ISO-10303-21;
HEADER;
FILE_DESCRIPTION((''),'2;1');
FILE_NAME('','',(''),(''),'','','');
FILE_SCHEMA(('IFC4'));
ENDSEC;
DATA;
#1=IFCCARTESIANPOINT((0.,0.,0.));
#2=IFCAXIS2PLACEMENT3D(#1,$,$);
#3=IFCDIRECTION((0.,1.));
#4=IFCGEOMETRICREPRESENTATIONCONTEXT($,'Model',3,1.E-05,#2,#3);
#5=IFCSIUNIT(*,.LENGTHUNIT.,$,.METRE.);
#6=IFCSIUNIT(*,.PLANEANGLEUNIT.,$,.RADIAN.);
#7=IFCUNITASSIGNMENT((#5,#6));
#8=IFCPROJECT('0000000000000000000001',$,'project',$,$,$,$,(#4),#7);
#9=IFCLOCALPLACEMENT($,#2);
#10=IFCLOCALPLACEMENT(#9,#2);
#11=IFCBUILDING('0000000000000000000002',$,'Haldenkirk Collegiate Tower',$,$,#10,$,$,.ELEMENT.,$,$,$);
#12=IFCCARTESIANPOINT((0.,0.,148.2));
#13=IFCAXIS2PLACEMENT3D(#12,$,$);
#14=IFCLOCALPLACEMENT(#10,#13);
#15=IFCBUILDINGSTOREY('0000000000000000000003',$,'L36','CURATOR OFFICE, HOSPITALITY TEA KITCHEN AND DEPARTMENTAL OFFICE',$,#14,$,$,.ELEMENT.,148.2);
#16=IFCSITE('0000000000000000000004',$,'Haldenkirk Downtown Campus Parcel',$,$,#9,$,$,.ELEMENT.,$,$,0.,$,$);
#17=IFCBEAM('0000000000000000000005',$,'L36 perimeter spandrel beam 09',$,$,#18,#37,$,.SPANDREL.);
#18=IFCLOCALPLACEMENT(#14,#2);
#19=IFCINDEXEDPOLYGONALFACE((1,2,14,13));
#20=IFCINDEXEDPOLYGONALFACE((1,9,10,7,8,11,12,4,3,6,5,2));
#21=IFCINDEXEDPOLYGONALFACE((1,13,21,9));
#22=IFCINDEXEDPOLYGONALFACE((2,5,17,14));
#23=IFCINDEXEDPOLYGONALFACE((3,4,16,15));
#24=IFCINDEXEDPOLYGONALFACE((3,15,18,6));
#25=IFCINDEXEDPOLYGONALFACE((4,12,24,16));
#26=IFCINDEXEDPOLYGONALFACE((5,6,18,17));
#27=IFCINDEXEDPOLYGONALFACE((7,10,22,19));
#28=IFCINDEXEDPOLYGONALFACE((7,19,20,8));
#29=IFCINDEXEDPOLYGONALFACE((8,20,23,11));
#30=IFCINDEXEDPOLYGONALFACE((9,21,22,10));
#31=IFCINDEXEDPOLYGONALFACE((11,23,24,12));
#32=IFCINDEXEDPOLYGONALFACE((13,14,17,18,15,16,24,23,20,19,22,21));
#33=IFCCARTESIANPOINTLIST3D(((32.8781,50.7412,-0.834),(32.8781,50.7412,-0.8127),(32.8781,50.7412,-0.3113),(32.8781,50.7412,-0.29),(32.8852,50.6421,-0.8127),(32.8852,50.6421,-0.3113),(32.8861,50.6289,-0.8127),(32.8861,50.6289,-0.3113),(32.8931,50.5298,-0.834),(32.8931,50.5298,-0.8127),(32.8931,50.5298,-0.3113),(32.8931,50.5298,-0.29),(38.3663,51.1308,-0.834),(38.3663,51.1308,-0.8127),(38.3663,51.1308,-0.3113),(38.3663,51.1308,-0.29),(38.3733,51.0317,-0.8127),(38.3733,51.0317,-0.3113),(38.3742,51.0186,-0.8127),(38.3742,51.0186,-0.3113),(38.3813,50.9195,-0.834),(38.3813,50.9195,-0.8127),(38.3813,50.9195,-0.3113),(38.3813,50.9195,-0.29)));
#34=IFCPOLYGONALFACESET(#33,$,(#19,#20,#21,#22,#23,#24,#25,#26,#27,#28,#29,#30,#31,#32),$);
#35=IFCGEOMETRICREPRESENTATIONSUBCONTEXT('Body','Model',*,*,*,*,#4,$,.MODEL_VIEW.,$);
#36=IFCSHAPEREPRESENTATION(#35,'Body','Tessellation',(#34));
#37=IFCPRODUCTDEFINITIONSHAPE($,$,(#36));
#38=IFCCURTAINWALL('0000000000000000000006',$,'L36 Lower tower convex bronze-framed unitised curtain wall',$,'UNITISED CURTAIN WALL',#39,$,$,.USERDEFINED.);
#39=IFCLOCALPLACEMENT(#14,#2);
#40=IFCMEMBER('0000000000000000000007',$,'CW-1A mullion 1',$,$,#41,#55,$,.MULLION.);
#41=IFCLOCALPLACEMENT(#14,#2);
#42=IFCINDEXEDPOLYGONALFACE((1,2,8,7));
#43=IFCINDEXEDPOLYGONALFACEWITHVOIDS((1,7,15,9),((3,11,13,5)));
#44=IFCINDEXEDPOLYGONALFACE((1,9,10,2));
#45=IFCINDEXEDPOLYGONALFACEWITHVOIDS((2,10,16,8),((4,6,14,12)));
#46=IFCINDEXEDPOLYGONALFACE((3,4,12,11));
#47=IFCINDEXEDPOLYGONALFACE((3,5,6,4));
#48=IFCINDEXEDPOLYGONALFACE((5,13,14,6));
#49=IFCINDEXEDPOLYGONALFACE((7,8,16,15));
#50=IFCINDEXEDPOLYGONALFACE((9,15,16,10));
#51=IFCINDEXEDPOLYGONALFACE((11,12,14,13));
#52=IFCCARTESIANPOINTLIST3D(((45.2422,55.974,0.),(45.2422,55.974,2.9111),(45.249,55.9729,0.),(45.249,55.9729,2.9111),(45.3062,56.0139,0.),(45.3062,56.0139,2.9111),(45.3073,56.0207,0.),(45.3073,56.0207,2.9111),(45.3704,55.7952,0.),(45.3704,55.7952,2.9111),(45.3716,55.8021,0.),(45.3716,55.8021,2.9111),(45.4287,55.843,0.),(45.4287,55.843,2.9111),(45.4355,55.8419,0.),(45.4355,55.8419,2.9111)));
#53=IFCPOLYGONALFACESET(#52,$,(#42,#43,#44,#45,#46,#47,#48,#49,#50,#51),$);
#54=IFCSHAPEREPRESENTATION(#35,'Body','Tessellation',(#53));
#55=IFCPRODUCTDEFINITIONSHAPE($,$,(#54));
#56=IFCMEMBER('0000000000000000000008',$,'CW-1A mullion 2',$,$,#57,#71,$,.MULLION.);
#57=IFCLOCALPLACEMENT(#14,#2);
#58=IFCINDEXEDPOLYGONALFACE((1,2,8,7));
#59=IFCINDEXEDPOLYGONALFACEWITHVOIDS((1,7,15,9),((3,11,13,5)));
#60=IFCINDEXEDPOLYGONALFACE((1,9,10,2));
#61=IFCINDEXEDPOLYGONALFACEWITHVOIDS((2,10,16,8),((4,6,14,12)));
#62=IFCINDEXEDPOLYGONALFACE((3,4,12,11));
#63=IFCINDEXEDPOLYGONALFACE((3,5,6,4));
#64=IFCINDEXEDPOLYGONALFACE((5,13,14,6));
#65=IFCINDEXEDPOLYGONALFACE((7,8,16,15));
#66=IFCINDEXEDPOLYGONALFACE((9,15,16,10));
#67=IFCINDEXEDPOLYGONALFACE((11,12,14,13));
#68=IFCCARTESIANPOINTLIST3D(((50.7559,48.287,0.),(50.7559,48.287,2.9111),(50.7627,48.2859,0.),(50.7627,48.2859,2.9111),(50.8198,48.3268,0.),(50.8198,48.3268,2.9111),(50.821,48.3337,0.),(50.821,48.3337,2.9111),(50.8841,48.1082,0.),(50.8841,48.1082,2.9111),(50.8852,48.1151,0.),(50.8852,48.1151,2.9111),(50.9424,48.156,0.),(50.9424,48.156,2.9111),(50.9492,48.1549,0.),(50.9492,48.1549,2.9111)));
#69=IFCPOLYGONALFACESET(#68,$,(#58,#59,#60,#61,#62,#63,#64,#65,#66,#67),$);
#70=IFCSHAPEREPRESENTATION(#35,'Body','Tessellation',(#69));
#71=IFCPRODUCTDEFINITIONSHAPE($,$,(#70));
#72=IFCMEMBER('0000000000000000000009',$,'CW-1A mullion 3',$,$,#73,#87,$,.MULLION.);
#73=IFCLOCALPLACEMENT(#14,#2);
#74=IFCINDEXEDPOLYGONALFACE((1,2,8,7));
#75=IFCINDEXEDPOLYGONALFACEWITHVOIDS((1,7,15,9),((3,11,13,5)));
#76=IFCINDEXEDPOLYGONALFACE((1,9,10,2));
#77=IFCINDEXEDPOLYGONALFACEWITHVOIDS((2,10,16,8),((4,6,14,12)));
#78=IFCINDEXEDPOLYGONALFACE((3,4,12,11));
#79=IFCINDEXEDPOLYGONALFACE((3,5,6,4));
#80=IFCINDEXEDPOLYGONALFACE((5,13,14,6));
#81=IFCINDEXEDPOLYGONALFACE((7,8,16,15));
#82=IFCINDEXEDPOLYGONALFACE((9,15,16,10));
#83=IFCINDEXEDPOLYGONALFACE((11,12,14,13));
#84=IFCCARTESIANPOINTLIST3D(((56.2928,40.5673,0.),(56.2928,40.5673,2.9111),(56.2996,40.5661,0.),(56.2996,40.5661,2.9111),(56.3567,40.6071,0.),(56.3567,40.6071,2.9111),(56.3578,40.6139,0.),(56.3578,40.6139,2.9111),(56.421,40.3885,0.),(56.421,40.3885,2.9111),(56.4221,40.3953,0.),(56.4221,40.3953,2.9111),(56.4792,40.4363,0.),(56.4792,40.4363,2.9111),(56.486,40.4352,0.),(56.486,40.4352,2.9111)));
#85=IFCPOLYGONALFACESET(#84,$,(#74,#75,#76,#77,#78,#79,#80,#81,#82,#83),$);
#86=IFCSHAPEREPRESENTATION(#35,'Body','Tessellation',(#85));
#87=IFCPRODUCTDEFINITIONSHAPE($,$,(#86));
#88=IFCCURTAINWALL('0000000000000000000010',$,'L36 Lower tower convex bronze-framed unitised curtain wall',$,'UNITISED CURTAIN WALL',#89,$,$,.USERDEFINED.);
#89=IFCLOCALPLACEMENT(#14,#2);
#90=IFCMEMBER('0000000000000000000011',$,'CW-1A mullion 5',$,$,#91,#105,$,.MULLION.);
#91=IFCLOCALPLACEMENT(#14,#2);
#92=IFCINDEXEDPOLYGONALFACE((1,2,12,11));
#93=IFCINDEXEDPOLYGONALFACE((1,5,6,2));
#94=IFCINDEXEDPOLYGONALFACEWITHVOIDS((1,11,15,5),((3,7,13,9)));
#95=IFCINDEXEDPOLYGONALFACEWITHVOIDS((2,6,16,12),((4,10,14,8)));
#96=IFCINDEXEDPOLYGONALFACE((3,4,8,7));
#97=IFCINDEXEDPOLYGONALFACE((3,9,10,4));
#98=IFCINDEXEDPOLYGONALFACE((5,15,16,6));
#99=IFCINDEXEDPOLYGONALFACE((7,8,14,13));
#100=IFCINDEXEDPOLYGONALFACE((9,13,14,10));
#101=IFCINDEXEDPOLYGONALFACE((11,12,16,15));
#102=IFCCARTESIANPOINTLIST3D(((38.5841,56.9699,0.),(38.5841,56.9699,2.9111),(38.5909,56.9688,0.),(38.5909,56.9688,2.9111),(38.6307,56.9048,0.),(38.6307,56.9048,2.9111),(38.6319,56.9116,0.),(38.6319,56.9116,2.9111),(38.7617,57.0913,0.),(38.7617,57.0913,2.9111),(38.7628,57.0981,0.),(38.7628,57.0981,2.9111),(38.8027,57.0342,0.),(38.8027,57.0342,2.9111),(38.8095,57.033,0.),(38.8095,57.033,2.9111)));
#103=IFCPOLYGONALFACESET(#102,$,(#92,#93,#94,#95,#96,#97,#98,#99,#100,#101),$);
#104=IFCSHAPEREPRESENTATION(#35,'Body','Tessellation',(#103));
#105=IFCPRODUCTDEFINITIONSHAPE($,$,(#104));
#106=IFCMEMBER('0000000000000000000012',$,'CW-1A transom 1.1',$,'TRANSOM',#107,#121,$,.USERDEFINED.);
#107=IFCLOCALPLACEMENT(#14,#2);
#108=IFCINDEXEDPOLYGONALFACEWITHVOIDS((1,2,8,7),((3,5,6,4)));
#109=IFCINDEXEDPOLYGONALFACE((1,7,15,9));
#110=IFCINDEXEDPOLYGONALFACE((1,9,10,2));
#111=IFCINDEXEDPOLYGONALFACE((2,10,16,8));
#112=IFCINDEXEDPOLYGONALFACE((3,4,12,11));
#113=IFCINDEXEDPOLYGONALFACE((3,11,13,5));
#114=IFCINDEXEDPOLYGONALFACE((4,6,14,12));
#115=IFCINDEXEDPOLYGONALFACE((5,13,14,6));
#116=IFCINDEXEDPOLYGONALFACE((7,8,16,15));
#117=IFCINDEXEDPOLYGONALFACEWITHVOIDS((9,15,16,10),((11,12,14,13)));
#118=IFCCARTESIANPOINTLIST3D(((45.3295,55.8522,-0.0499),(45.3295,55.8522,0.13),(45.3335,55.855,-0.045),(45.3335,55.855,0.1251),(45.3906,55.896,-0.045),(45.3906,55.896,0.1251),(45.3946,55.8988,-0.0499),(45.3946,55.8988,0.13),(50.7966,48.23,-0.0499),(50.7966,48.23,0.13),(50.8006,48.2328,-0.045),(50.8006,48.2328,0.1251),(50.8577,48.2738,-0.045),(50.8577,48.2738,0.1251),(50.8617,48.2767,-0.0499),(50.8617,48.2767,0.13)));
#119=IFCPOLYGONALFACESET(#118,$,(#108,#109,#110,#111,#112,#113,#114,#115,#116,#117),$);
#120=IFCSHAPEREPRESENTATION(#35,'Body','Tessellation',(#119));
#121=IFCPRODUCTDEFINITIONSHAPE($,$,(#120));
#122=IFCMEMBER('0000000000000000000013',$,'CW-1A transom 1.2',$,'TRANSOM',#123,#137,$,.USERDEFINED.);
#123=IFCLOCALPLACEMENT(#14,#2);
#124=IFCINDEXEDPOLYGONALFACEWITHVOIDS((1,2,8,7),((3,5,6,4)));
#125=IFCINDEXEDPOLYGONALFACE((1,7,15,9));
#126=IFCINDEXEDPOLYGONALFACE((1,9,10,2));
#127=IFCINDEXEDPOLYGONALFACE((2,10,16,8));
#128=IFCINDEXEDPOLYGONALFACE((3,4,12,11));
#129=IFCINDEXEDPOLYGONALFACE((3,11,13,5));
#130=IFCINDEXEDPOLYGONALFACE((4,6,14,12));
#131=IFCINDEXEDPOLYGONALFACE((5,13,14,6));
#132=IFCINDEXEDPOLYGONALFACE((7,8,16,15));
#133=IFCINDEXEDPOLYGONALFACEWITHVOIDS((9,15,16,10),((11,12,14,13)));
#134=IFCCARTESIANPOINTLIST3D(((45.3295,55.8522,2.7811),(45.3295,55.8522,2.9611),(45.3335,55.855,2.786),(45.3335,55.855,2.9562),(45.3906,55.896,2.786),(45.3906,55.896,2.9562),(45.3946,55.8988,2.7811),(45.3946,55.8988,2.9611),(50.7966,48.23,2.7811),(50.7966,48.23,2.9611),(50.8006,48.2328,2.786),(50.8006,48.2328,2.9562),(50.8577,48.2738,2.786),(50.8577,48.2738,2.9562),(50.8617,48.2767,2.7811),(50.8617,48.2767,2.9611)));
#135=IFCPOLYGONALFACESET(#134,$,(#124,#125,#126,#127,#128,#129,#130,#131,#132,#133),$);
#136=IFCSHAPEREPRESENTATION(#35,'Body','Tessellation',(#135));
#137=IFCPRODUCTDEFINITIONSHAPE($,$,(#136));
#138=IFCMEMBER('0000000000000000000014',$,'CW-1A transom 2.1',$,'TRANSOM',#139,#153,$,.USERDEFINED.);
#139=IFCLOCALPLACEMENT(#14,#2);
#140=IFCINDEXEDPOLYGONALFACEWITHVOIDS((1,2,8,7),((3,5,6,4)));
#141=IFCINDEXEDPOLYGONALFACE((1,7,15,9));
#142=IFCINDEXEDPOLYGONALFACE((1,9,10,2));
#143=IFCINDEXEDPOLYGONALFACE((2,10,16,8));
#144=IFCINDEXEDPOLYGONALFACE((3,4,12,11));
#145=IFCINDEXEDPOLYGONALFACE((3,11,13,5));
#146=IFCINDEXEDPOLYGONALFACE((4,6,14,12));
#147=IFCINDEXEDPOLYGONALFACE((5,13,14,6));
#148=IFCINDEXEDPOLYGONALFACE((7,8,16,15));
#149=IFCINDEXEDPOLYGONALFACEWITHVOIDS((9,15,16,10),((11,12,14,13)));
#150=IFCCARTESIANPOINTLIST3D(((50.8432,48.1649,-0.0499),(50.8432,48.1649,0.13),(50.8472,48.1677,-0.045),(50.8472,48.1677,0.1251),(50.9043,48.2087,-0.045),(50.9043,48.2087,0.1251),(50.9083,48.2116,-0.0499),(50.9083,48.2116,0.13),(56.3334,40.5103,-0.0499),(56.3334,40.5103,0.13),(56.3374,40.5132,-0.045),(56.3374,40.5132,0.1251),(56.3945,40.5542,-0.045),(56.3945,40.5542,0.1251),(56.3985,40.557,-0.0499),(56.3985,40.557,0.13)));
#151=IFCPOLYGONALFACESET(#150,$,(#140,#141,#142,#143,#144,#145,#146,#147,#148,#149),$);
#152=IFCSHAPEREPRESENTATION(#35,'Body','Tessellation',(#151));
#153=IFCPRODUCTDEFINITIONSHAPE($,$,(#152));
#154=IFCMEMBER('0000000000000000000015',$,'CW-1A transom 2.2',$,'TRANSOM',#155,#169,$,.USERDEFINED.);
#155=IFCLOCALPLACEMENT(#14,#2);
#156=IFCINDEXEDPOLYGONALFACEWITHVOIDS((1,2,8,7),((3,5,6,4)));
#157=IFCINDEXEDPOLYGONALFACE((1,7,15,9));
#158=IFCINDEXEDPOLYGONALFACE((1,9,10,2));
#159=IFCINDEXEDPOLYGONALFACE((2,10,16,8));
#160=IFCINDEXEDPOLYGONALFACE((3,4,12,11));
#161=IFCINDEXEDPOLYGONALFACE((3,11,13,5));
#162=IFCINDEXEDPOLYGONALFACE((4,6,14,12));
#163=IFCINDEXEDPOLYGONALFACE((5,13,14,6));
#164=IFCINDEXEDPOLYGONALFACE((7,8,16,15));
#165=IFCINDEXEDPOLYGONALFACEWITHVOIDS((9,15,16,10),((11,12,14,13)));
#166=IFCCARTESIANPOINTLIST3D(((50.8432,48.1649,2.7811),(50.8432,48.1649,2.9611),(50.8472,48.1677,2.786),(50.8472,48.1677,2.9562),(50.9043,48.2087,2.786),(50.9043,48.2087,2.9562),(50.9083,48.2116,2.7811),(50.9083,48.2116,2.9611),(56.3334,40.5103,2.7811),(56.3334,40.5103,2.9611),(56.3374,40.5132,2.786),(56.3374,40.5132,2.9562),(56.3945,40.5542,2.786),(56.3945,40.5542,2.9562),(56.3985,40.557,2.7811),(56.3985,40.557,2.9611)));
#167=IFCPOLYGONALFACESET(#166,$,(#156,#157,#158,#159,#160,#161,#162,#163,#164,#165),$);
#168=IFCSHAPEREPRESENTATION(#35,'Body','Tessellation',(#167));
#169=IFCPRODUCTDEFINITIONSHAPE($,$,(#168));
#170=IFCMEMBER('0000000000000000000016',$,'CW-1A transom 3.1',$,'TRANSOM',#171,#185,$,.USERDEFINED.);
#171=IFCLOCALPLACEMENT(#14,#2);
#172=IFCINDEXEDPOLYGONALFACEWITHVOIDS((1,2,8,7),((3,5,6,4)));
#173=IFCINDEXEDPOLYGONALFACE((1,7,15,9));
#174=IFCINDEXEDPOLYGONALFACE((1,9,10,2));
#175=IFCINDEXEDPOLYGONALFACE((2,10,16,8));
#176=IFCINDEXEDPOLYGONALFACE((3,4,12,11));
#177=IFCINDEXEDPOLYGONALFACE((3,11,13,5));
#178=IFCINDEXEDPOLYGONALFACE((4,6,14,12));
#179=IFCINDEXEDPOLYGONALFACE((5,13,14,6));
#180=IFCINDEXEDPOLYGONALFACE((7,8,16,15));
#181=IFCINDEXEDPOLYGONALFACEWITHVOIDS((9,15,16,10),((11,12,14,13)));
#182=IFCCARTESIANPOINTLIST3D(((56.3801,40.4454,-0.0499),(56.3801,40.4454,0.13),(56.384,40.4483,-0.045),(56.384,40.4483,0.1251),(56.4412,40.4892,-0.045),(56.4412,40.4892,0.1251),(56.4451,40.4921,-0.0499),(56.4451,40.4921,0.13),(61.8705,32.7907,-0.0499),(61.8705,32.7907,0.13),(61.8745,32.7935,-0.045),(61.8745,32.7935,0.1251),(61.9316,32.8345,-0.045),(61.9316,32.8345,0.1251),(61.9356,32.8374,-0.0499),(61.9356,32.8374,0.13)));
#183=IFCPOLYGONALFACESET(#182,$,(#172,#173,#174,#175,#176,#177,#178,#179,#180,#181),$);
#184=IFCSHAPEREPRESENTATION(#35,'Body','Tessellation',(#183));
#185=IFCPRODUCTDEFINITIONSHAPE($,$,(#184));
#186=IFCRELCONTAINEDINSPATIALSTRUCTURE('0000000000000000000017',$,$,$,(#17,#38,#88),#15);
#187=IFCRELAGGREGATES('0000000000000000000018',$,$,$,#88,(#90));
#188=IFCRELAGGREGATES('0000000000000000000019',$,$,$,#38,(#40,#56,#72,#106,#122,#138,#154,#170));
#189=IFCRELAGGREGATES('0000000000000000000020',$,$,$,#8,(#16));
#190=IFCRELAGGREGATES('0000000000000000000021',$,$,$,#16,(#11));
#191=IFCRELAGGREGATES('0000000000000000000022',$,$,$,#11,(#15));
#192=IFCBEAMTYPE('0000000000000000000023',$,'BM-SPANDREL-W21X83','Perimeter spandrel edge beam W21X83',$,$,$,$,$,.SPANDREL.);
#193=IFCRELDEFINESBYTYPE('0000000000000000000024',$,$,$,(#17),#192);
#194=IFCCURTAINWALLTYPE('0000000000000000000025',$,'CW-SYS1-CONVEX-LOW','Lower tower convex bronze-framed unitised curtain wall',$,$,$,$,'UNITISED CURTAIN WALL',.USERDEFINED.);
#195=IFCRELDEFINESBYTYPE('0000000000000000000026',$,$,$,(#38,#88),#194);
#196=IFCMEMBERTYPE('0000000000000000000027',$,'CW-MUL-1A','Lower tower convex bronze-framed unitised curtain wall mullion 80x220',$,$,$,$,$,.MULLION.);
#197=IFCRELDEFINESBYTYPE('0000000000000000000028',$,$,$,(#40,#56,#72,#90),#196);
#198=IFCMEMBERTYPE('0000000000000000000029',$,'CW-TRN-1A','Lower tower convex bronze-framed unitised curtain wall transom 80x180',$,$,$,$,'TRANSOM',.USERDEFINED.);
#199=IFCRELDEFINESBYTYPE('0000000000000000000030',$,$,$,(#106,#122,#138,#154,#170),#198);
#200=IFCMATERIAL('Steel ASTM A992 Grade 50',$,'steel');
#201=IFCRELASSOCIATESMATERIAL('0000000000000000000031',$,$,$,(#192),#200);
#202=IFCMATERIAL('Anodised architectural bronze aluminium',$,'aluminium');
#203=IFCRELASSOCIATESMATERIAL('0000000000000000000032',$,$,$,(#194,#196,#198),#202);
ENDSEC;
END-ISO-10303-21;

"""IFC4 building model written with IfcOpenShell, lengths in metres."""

from ifc_helpers import new_model, si_unit, direction, frame, origin, origin_2d, place, context, subcontext, project, spatial, hollow_rectangle, i_section, extrude, material, material_profile, profile_set, type_object, element, aggregate, save


model = new_model("IFC4")

# Units and contexts
model_context = context("Model", 3, precision=1e-05, world=origin(), true_north=direction((0.0, 1.0)))
body_context = subcontext(model_context, "Body", "Model", "MODEL_VIEW")
ifc_project = project(units=[si_unit("LENGTHUNIT", "METRE"), si_unit("PLANEANGLEUNIT", "RADIAN")], contexts=[model_context])

# Site, building, storey
site_placement = place(None, origin())
site = spatial("IfcSite", under=ifc_project, at=site_placement, Name="Haldenkirk Downtown Campus Parcel", CompositionType="ELEMENT", RefElevation=0.0)
building_placement = place(site_placement, origin())
building = spatial("IfcBuilding", under=site, at=building_placement, Name="Haldenkirk Collegiate Tower", CompositionType="ELEMENT")
storey_placement = place(building_placement, frame((0.0, 0.0, 148.2)))
storey = spatial("IfcBuildingStorey", under=building, at=storey_placement, Name="L36", Description="CURATOR OFFICE, HOSPITALITY TEA KITCHEN AND DEPARTMENTAL OFFICE", CompositionType="ELEMENT", Elevation=148.2)

# Beam
ifc_material_1 = material(Name="Steel ASTM A992 Grade 50", Category="steel")
ifc_material_profile_1 = material_profile(ifc_material_1, i_section(OverallWidth=0.2119, OverallDepth=0.5439, WebThickness=0.0132, FlangeThickness=0.0212, at=origin_2d()), Name="W21X83")
ifc_profile_set_1 = profile_set([ifc_material_profile_1], Name="Steel ASTM A992 Grade 50")
beam_type_1 = type_object("IfcBeamType", Name="BM-SPANDREL-W21X83", Description="Perimeter spandrel edge beam W21X83", PredefinedType="SPANDREL", material=ifc_profile_set_1)
beam_1_placement = place(storey_placement, frame((38.3738, 51.0251, -0.562), z_axis=(-0.997489, -0.070821, 0.0), x_axis=(0.070821, -0.997489, 0.0)))
element("IfcBeam", 1, at=beam_1_placement, inside=storey, type_object=beam_type_1, Name="L36 perimeter spandrel beam 09", PredefinedType="SPANDREL", context=body_context, shape_type="SweptSolid", body=[
    extrude(i_section(OverallWidth=0.2119, OverallDepth=0.5439, WebThickness=0.0132, FlangeThickness=0.0212, at=origin_2d()), origin(), (0.0, 0.0, 1.0), 5.502),
])

# Curtain wall, members
ifc_material_2 = material(Name="Anodised architectural bronze aluminium", Category="aluminium")
curtain_wall_type = type_object("IfcCurtainWallType", Name="CW-SYS1-CONVEX-LOW", Description="Lower tower convex bronze-framed unitised curtain wall", ElementType="UNITISED CURTAIN WALL", PredefinedType="USERDEFINED", material=ifc_material_2)
curtain_wall_1_placement = place(storey_placement, origin())
curtain_wall_1 = element("IfcCurtainWall", 2, at=curtain_wall_1_placement, inside=storey, type_object=curtain_wall_type, Name="L36 Lower tower convex bronze-framed unitised curtain wall", ObjectType="UNITISED CURTAIN WALL", PredefinedType="USERDEFINED")
ifc_material_profile_2 = material_profile(ifc_material_2, hollow_rectangle(XDim=0.0801, YDim=0.22, WallThickness=0.0049, at=origin_2d()), Name="CW-MUL-1A")
ifc_profile_set_2 = profile_set([ifc_material_profile_2], Name="Anodised architectural bronze aluminium")
member_type_1 = type_object("IfcMemberType", Name="CW-MUL-1A", Description="Lower tower convex bronze-framed unitised curtain wall mullion 80x220", PredefinedType="MULLION", material=ifc_profile_set_2)
member_1_placement = place(storey_placement, frame((45.3389, 55.908, 0.0), z_axis=(0.0, 0.0, 1.0), x_axis=(0.812592, 0.582832, 0.0)))
member_1 = element("IfcMember", 3, at=member_1_placement, type_object=member_type_1, Name="CW-1A mullion 1", PredefinedType="MULLION", context=body_context, shape_type="SweptSolid", body=[
    extrude(hollow_rectangle(XDim=0.0801, YDim=0.22, WallThickness=0.0049, at=origin_2d()), origin(), (0.0, 0.0, 1.0), 2.9111),
])
member_2_placement = place(storey_placement, frame((50.8525, 48.2209, 0.0), z_axis=(0.0, 0.0, 1.0), x_axis=(0.812592, 0.582832, 0.0)))
member_2 = element("IfcMember", 4, at=member_2_placement, type_object=member_type_1, Name="CW-1A mullion 2", PredefinedType="MULLION", context=body_context, shape_type="SweptSolid", body=[
    extrude(hollow_rectangle(XDim=0.0801, YDim=0.22, WallThickness=0.0049, at=origin_2d()), origin(), (0.0, 0.0, 1.0), 2.9111),
])
member_3_placement = place(storey_placement, frame((56.3894, 40.5012, 0.0), z_axis=(0.0, 0.0, 1.0), x_axis=(0.812592, 0.582832, 0.0)))
member_3 = element("IfcMember", 5, at=member_3_placement, type_object=member_type_1, Name="CW-1A mullion 3", PredefinedType="MULLION", context=body_context, shape_type="SweptSolid", body=[
    extrude(hollow_rectangle(XDim=0.0801, YDim=0.22, WallThickness=0.0049, at=origin_2d()), origin(), (0.0, 0.0, 1.0), 2.9111),
])

# Curtain wall, member
curtain_wall_2_placement = place(storey_placement, origin())
curtain_wall_2 = element("IfcCurtainWall", 6, at=curtain_wall_2_placement, inside=storey, type_object=curtain_wall_type, Name="L36 Lower tower convex bronze-framed unitised curtain wall", ObjectType="UNITISED CURTAIN WALL", PredefinedType="USERDEFINED")
member_4_placement = place(storey_placement, frame((38.6968, 57.0015, 0.0), z_axis=(0.0, 0.0, 1.0), x_axis=(-0.582831, 0.812594, 0.0)))
member_4 = element("IfcMember", 7, at=member_4_placement, type_object=member_type_1, Name="CW-1A mullion 5", PredefinedType="MULLION", context=body_context, shape_type="SweptSolid", body=[
    extrude(hollow_rectangle(XDim=0.0801, YDim=0.22, WallThickness=0.0049, at=origin_2d()), origin(), (0.0, 0.0, 1.0), 2.9111),
])

# Members
ifc_material_profile_3 = material_profile(ifc_material_2, hollow_rectangle(XDim=0.0801, YDim=0.1799, WallThickness=0.0049, at=origin_2d()), Name="CW-TRN-1A")
ifc_profile_set_3 = profile_set([ifc_material_profile_3], Name="Anodised architectural bronze aluminium")
member_type_2 = type_object("IfcMemberType", Name="CW-TRN-1A", Description="Lower tower convex bronze-framed unitised curtain wall transom 80x180", ElementType="TRANSOM", PredefinedType="USERDEFINED", material=ifc_profile_set_3)
member_5_placement = place(storey_placement, frame((45.3621, 55.8755, 0.04), z_axis=(0.58284, -0.812587, 0.0), x_axis=(0.812587, 0.58284, 0.0)))
member_5 = element("IfcMember", 8, at=member_5_placement, type_object=member_type_2, Name="CW-1A transom 1.1", ObjectType="TRANSOM", PredefinedType="USERDEFINED", context=body_context, shape_type="SweptSolid", body=[
    extrude(hollow_rectangle(XDim=0.0801, YDim=0.1799, WallThickness=0.0049, at=origin_2d()), origin(), (0.0, 0.0, 1.0), 9.3801),
])
member_6_placement = place(storey_placement, frame((45.3621, 55.8755, 2.8711), z_axis=(0.58284, -0.812587, 0.0), x_axis=(0.812587, 0.58284, 0.0)))
member_6 = element("IfcMember", 9, at=member_6_placement, type_object=member_type_2, Name="CW-1A transom 1.2", ObjectType="TRANSOM", PredefinedType="USERDEFINED", context=body_context, shape_type="SweptSolid", body=[
    extrude(hollow_rectangle(XDim=0.0801, YDim=0.1799, WallThickness=0.0049, at=origin_2d()), origin(), (0.0, 0.0, 1.0), 9.3801),
])
member_7_placement = place(storey_placement, frame((50.8757, 48.1882, 0.04), z_axis=(0.582833, -0.812592, 0.0), x_axis=(0.812592, 0.582833, 0.0)))
member_7 = element("IfcMember", 10, at=member_7_placement, type_object=member_type_2, Name="CW-1A transom 2.1", ObjectType="TRANSOM", PredefinedType="USERDEFINED", context=body_context, shape_type="SweptSolid", body=[
    extrude(hollow_rectangle(XDim=0.0801, YDim=0.1799, WallThickness=0.0049, at=origin_2d()), origin(), (0.0, 0.0, 1.0), 9.4199),
])
member_8_placement = place(storey_placement, frame((50.8757, 48.1882, 2.8711), z_axis=(0.582833, -0.812592, 0.0), x_axis=(0.812592, 0.582833, 0.0)))
member_8 = element("IfcMember", 11, at=member_8_placement, type_object=member_type_2, Name="CW-1A transom 2.2", ObjectType="TRANSOM", PredefinedType="USERDEFINED", context=body_context, shape_type="SweptSolid", body=[
    extrude(hollow_rectangle(XDim=0.0801, YDim=0.1799, WallThickness=0.0049, at=origin_2d()), origin(), (0.0, 0.0, 1.0), 9.4199),
])
member_9_placement = place(storey_placement, frame((56.4126, 40.4688, 0.04), z_axis=(0.582838, -0.812588, 0.0), x_axis=(0.812588, 0.582838, 0.0)))
member_9 = element("IfcMember", 12, at=member_9_placement, type_object=member_type_2, Name="CW-1A transom 3.1", ObjectType="TRANSOM", PredefinedType="USERDEFINED", context=body_context, shape_type="SweptSolid", body=[
    extrude(hollow_rectangle(XDim=0.0801, YDim=0.1799, WallThickness=0.0049, at=origin_2d()), origin(), (0.0, 0.0, 1.0), 9.4202),
])

aggregate(curtain_wall_2, [member_4])
aggregate(curtain_wall_1, [member_1, member_2, member_3, member_5, member_6, member_7, member_8, member_9])

save(model, "model.ifc")
